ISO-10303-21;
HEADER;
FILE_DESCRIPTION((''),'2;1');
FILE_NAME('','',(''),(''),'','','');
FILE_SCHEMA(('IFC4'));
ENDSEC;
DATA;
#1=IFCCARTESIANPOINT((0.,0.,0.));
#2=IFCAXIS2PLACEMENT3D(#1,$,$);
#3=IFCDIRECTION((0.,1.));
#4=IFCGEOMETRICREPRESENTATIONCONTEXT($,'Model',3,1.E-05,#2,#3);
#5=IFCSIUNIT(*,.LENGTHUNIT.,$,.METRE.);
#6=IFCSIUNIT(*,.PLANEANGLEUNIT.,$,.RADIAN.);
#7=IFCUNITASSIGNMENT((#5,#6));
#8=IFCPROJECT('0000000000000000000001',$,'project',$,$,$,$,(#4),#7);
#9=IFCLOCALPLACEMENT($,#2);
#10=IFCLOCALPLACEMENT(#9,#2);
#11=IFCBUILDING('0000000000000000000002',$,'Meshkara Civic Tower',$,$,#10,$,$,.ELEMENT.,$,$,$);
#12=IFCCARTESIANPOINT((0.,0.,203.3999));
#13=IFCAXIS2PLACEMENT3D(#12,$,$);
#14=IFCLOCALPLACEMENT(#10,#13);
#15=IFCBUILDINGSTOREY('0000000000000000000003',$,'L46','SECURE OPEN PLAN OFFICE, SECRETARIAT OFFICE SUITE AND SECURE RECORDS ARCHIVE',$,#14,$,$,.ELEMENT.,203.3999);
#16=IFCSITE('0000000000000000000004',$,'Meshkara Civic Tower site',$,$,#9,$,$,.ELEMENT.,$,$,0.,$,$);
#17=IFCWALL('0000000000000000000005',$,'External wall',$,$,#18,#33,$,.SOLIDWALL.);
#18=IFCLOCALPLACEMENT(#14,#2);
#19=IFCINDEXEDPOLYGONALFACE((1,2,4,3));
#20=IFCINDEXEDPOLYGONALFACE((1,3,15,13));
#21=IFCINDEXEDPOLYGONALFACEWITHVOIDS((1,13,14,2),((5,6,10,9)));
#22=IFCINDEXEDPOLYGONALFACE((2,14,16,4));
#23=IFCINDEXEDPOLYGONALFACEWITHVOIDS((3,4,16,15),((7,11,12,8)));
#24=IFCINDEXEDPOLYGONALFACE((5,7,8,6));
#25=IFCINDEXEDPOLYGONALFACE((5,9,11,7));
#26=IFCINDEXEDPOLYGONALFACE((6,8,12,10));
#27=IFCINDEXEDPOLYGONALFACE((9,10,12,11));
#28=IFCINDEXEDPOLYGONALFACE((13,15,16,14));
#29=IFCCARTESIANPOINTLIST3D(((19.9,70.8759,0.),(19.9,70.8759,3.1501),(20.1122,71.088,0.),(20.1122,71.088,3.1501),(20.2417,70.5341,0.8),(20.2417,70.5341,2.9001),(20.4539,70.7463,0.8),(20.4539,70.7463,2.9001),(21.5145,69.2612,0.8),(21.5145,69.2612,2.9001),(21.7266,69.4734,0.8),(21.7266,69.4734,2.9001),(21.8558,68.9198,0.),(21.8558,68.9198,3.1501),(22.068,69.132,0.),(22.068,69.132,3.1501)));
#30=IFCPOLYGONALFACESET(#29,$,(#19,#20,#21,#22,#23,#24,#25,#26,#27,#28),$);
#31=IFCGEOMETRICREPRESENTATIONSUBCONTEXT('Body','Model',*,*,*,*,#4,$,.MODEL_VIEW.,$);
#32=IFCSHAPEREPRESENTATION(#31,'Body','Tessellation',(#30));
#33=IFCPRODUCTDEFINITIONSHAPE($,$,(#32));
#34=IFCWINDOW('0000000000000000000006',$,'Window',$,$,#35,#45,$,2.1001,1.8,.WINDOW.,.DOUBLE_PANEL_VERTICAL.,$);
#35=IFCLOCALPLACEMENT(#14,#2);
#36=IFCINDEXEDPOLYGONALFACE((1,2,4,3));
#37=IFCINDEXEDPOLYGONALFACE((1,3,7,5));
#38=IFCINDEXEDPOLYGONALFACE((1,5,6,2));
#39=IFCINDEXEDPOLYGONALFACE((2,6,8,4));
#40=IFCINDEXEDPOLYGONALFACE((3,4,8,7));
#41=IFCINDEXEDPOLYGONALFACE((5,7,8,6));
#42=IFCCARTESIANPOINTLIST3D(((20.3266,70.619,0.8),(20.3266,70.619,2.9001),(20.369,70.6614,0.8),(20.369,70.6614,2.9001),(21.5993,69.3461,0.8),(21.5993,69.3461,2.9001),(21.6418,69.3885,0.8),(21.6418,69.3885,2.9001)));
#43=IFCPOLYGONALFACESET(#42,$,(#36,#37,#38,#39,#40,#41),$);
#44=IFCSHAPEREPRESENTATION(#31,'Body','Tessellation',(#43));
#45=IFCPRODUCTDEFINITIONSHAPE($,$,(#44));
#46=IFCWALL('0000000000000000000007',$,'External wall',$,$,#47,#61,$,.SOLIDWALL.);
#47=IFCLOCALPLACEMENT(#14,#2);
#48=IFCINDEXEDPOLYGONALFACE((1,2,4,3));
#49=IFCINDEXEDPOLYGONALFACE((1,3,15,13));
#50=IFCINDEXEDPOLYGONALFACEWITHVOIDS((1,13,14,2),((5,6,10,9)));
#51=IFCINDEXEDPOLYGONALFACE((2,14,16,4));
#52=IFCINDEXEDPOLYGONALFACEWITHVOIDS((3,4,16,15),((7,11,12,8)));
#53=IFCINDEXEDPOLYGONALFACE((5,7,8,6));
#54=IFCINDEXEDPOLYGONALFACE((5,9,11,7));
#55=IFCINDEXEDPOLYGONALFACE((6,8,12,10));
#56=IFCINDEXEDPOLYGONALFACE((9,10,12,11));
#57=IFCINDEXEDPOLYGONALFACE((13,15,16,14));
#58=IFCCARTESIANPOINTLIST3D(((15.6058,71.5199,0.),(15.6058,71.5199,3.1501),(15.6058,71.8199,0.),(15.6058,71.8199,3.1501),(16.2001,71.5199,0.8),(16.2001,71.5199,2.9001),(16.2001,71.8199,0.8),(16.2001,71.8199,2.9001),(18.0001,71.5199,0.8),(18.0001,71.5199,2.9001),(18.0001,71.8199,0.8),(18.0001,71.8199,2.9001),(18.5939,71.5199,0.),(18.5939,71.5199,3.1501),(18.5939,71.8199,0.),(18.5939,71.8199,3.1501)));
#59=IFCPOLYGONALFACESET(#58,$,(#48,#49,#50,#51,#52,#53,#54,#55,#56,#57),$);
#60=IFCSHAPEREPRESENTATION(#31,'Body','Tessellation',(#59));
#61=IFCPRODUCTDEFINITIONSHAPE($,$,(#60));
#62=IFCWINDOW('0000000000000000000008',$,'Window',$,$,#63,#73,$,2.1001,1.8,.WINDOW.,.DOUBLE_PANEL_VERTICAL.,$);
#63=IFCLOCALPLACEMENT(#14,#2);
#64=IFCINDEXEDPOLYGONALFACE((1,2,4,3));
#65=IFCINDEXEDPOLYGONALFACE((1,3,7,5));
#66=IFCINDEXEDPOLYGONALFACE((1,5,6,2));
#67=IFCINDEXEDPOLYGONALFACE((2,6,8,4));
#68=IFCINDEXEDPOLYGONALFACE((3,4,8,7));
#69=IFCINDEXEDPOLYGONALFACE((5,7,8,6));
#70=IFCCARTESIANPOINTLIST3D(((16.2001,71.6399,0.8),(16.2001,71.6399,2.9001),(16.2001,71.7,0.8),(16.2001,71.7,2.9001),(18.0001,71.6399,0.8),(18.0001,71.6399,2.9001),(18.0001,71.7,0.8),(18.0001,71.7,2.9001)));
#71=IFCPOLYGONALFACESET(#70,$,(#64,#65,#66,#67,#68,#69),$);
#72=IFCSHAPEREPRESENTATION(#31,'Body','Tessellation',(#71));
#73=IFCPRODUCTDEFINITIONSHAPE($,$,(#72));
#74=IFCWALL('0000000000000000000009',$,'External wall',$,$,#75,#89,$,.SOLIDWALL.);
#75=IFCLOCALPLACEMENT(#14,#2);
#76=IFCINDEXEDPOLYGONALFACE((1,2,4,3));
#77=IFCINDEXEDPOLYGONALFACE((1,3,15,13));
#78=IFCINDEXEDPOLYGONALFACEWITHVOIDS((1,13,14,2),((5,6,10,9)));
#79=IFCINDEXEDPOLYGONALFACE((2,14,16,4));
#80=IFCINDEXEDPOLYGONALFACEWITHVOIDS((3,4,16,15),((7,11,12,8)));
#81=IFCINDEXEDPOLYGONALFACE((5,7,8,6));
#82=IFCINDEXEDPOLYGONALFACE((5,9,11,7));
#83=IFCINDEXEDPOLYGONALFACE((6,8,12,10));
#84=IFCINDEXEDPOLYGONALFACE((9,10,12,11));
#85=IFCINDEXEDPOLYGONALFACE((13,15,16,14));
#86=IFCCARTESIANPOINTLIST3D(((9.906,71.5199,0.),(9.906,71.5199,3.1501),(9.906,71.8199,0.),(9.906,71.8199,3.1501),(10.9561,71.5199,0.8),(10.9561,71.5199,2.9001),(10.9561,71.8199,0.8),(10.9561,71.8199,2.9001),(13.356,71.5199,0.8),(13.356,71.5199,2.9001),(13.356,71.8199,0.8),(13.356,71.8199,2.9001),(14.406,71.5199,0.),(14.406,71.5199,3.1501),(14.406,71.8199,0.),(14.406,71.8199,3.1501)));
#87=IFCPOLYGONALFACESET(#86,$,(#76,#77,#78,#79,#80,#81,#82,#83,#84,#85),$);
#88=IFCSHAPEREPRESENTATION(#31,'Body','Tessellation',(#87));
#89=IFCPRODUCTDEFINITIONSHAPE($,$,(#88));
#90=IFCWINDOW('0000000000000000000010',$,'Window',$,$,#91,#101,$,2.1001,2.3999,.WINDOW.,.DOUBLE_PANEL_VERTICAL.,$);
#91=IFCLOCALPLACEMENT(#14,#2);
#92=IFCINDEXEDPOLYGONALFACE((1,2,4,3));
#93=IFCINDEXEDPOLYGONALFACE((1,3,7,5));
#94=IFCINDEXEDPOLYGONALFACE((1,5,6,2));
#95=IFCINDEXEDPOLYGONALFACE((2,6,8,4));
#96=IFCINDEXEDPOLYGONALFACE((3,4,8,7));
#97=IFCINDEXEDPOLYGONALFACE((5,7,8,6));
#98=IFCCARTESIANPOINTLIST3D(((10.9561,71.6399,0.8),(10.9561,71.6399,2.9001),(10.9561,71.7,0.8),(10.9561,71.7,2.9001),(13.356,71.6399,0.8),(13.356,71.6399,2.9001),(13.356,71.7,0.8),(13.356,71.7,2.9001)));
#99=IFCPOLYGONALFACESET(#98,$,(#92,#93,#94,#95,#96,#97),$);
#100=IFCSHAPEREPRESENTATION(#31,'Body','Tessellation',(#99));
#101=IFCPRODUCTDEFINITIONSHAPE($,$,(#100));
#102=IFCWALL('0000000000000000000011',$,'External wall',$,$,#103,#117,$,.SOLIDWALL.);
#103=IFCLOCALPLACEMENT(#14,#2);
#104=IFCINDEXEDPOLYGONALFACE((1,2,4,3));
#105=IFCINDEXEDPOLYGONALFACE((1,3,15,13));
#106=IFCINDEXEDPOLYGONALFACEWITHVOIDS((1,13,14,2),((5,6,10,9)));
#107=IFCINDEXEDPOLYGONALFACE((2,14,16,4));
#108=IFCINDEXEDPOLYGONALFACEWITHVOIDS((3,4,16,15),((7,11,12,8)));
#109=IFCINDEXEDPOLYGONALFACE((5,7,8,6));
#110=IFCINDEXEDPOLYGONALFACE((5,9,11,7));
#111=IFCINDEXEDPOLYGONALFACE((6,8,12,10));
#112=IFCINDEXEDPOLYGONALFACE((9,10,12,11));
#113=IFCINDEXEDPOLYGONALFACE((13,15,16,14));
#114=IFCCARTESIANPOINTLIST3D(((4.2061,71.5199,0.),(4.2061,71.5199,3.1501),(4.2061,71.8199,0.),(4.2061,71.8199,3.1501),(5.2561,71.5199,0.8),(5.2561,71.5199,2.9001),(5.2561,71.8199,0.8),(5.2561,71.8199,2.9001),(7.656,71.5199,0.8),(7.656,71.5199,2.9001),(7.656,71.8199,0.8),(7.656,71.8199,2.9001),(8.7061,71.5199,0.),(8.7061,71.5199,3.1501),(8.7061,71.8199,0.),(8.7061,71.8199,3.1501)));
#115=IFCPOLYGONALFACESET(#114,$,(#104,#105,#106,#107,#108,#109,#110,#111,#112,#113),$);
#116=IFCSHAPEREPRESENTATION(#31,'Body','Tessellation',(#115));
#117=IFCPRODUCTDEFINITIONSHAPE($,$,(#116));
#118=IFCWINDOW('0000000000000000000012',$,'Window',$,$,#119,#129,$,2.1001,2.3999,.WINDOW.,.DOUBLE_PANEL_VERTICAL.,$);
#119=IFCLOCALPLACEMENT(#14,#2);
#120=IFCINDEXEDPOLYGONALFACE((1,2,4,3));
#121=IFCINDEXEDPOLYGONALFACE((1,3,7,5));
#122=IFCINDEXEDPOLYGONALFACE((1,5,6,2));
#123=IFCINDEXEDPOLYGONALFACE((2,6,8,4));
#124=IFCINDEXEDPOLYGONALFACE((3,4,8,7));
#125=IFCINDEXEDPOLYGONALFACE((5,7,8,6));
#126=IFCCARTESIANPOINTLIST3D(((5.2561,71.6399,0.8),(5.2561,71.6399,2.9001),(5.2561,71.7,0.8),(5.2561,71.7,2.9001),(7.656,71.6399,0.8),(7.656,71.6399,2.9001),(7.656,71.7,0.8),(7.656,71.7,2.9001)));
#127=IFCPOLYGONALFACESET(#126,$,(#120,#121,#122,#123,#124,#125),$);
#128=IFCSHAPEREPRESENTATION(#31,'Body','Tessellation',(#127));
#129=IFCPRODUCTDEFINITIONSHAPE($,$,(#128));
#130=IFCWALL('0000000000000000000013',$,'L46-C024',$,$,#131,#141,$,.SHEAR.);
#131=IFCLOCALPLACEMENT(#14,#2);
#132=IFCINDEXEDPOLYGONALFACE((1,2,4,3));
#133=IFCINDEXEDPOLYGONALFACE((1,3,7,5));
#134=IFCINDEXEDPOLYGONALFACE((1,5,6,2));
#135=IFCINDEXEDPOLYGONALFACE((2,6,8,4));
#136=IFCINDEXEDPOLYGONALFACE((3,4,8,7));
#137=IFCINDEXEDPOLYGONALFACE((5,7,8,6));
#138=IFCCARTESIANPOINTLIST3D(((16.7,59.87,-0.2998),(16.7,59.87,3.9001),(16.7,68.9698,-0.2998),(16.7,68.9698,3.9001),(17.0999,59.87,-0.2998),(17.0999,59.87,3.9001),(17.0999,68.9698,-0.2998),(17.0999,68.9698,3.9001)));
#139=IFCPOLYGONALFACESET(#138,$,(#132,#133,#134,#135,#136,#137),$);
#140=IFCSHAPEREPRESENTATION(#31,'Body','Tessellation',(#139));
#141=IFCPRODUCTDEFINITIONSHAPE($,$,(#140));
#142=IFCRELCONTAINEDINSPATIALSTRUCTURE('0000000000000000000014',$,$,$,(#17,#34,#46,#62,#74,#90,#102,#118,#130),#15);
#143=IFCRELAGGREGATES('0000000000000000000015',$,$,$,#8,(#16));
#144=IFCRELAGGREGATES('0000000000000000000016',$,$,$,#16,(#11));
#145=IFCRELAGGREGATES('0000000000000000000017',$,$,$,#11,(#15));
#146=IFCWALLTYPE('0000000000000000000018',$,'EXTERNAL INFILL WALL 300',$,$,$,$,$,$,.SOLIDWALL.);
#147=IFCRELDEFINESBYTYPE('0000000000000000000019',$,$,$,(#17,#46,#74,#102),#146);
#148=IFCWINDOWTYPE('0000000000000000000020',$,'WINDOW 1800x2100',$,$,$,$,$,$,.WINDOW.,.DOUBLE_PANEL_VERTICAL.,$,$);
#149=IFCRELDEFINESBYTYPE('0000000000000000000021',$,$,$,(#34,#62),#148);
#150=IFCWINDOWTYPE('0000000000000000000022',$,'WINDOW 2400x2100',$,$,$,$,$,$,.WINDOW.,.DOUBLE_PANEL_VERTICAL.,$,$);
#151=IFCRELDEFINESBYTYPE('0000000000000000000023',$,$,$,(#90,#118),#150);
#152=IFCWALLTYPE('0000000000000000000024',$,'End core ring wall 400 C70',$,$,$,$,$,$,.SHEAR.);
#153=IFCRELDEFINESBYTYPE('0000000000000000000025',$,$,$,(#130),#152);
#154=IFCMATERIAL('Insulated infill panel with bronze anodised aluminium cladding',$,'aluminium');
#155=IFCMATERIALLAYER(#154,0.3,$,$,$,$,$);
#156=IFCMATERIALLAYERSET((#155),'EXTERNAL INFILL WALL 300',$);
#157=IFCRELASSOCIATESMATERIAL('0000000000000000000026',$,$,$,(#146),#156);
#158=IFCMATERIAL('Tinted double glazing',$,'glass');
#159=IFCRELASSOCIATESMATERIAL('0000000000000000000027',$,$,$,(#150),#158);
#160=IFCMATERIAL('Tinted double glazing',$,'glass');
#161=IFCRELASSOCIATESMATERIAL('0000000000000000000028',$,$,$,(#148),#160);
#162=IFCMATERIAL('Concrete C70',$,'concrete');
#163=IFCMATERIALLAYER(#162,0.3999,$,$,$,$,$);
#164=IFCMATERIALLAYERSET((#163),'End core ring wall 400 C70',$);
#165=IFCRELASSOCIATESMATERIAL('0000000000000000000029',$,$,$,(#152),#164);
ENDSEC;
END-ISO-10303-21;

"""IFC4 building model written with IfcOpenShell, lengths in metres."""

from ifc_helpers import new_model, si_unit, direction, frame, frame_2d, origin, place, context, subcontext, project, spatial, rectangle, extrude, material, layer, layer_set, type_object, element, fill, save


model = new_model("IFC4")

# Units and contexts
model_context = context("Model", 3, precision=1e-05, world=origin(), true_north=direction((0.0, 1.0)))
body_context = subcontext(model_context, "Body", "Model", "MODEL_VIEW")
ifc_project = project(units=[si_unit("LENGTHUNIT", "METRE"), si_unit("PLANEANGLEUNIT", "RADIAN")], contexts=[model_context])

# Site, building, storey
site_placement = place(None, origin())
site = spatial("IfcSite", under=ifc_project, at=site_placement, Name="Meshkara Civic Tower site", CompositionType="ELEMENT", RefElevation=0.0)
building_placement = place(site_placement, origin())
building = spatial("IfcBuilding", under=site, at=building_placement, Name="Meshkara Civic Tower", CompositionType="ELEMENT")
storey_placement = place(building_placement, frame((0.0, 0.0, 203.3999)))
storey = spatial("IfcBuildingStorey", under=building, at=storey_placement, Name="L46", Description="SECURE OPEN PLAN OFFICE, SECRETARIAT OFFICE SUITE AND SECURE RECORDS ARCHIVE", CompositionType="ELEMENT", Elevation=203.3999)

# Walls, openings, windows
ifc_material_1 = material(Name="Insulated infill panel with bronze anodised aluminium cladding", Category="aluminium")
ifc_layer_1 = layer(ifc_material_1, 0.3)
ifc_layer_set_1 = layer_set([ifc_layer_1], Name="EXTERNAL INFILL WALL 300")
wall_type_1 = type_object("IfcWallType", Name="EXTERNAL INFILL WALL 300", PredefinedType="SOLIDWALL", material=ifc_layer_set_1)
ifc_material_2 = material(Name="Tinted double glazing", Category="glass")
window_type_1 = type_object("IfcWindowType", Name="WINDOW 2400x2100", PartitioningType="DOUBLE_PANEL_VERTICAL", PredefinedType="WINDOW", material=ifc_material_2)
wall_1_placement = place(storey_placement, frame((21.9619, 69.0259, 0.0), z_axis=(0.0, 0.0, 1.0), x_axis=(-0.707063, 0.707151, 0.0)))
wall_1 = element("IfcWall", 1, at=wall_1_placement, inside=storey, type_object=wall_type_1, Name="External wall", PredefinedType="SOLIDWALL", context=body_context, shape_type="SweptSolid", body=[
    extrude(rectangle(XDim=2.7661, YDim=0.3, at=frame_2d((1.3831, 0.0))), origin(), (0.0, 0.0, 1.0), 3.1501),
])
opening_1_placement = place(wall_1_placement, frame((0.4829, 0.0, 0.8)))
opening_1 = element("IfcOpeningElement", 2, at=opening_1_placement, cuts=wall_1, PredefinedType="OPENING", context=body_context, shape_type="SweptSolid", body=[
    extrude(rectangle(XDim=1.8, YDim=2.1001, at=frame_2d((0.8999, 1.05))), frame((0.0, 0.1599, 0.0), z_axis=(0.0, -1.0, 0.0), x_axis=(1.0, 0.0, 0.0)), (0.0, 0.0, 1.0), 0.3201),
])
ifc_material_3 = material(Name="Tinted double glazing", Category="glass")
window_type_2 = type_object("IfcWindowType", Name="WINDOW 1800x2100", PartitioningType="DOUBLE_PANEL_VERTICAL", PredefinedType="WINDOW", material=ifc_material_3)
window_1_placement = place(opening_1_placement, origin())
window_1 = element("IfcWindow", 3, at=window_1_placement, inside=storey, type_object=window_type_2, Name="Window", OverallHeight=2.1001, OverallWidth=1.8, PartitioningType="DOUBLE_PANEL_VERTICAL", PredefinedType="WINDOW", context=body_context, shape_type="SweptSolid", body=[
    extrude(rectangle(XDim=1.8, YDim=2.1001, at=frame_2d((0.8999, 1.05))), frame((0.0, 0.03, 0.0), z_axis=(0.0, -1.0, 0.0), x_axis=(1.0, 0.0, 0.0)), (0.0, 0.0, 1.0), 0.0601),
])
fill(opening_1, window_1)
wall_2_placement = place(storey_placement, frame((18.594, 71.6699, 0.0), z_axis=(0.0, 0.0, 1.0), x_axis=(-1.0, 0.0, 0.0)))
wall_2 = element("IfcWall", 4, at=wall_2_placement, inside=storey, type_object=wall_type_1, Name="External wall", PredefinedType="SOLIDWALL", context=body_context, shape_type="SweptSolid", body=[
    extrude(rectangle(XDim=2.988, YDim=0.3, at=frame_2d((1.4941, 0.0))), origin(), (0.0, 0.0, 1.0), 3.1501),
])
opening_2_placement = place(wall_2_placement, frame((0.594, 0.0, 0.8)))
opening_2 = element("IfcOpeningElement", 5, at=opening_2_placement, cuts=wall_2, PredefinedType="OPENING", context=body_context, shape_type="SweptSolid", body=[
    extrude(rectangle(XDim=1.8, YDim=2.1001, at=frame_2d((0.8999, 1.05))), frame((0.0, 0.1599, 0.0), z_axis=(0.0, -1.0, 0.0), x_axis=(1.0, 0.0, 0.0)), (0.0, 0.0, 1.0), 0.3201),
])
window_2_placement = place(opening_2_placement, origin())
window_2 = element("IfcWindow", 6, at=window_2_placement, inside=storey, type_object=window_type_2, Name="Window", OverallHeight=2.1001, OverallWidth=1.8, PartitioningType="DOUBLE_PANEL_VERTICAL", PredefinedType="WINDOW", context=body_context, shape_type="SweptSolid", body=[
    extrude(rectangle(XDim=1.8, YDim=2.1001, at=frame_2d((0.8999, 1.05))), frame((0.0, 0.03, 0.0), z_axis=(0.0, -1.0, 0.0), x_axis=(1.0, 0.0, 0.0)), (0.0, 0.0, 1.0), 0.0601),
])
fill(opening_2, window_2)
wall_3_placement = place(storey_placement, frame((14.406, 71.6699, 0.0), z_axis=(0.0, 0.0, 1.0), x_axis=(-1.0, 0.0, 0.0)))
wall_3 = element("IfcWall", 7, at=wall_3_placement, inside=storey, type_object=wall_type_1, Name="External wall", PredefinedType="SOLIDWALL", context=body_context, shape_type="SweptSolid", body=[
    extrude(rectangle(XDim=4.5, YDim=0.3, at=frame_2d((2.25, 0.0))), origin(), (0.0, 0.0, 1.0), 3.1501),
])
opening_3_placement = place(wall_3_placement, frame((1.05, 0.0, 0.8)))
opening_3 = element("IfcOpeningElement", 8, at=opening_3_placement, cuts=wall_3, PredefinedType="OPENING", context=body_context, shape_type="SweptSolid", body=[
    extrude(rectangle(XDim=2.3999, YDim=2.1001, at=frame_2d((1.2, 1.05))), frame((0.0, 0.1599, 0.0), z_axis=(0.0, -1.0, 0.0), x_axis=(1.0, 0.0, 0.0)), (0.0, 0.0, 1.0), 0.3201),
])
window_3_placement = place(opening_3_placement, origin())
window_3 = element("IfcWindow", 9, at=window_3_placement, inside=storey, type_object=window_type_1, Name="Window", OverallHeight=2.1001, OverallWidth=2.3999, PartitioningType="DOUBLE_PANEL_VERTICAL", PredefinedType="WINDOW", context=body_context, shape_type="SweptSolid", body=[
    extrude(rectangle(XDim=2.3999, YDim=2.1001, at=frame_2d((1.2, 1.05))), frame((0.0, 0.03, 0.0), z_axis=(0.0, -1.0, 0.0), x_axis=(1.0, 0.0, 0.0)), (0.0, 0.0, 1.0), 0.0601),
])
fill(opening_3, window_3)
wall_4_placement = place(storey_placement, frame((8.7061, 71.6699, 0.0), z_axis=(0.0, 0.0, 1.0), x_axis=(-1.0, 0.0, 0.0)))
wall_4 = element("IfcWall", 10, at=wall_4_placement, inside=storey, type_object=wall_type_1, Name="External wall", PredefinedType="SOLIDWALL", context=body_context, shape_type="SweptSolid", body=[
    extrude(rectangle(XDim=4.5, YDim=0.3, at=frame_2d((2.25, 0.0))), origin(), (0.0, 0.0, 1.0), 3.1501),
])
opening_4_placement = place(wall_4_placement, frame((1.05, 0.0, 0.8)))
opening_4 = element("IfcOpeningElement", 11, at=opening_4_placement, cuts=wall_4, PredefinedType="OPENING", context=body_context, shape_type="SweptSolid", body=[
    extrude(rectangle(XDim=2.3999, YDim=2.1001, at=frame_2d((1.2, 1.05))), frame((0.0, 0.1599, 0.0), z_axis=(0.0, -1.0, 0.0), x_axis=(1.0, 0.0, 0.0)), (0.0, 0.0, 1.0), 0.3201),
])
window_4_placement = place(opening_4_placement, origin())
window_4 = element("IfcWindow", 12, at=window_4_placement, inside=storey, type_object=window_type_1, Name="Window", OverallHeight=2.1001, OverallWidth=2.3999, PartitioningType="DOUBLE_PANEL_VERTICAL", PredefinedType="WINDOW", context=body_context, shape_type="SweptSolid", body=[
    extrude(rectangle(XDim=2.3999, YDim=2.1001, at=frame_2d((1.2, 1.05))), frame((0.0, 0.03, 0.0), z_axis=(0.0, -1.0, 0.0), x_axis=(1.0, 0.0, 0.0)), (0.0, 0.0, 1.0), 0.0601),
])
fill(opening_4, window_4)

# Wall
ifc_material_4 = material(Name="Concrete C70", Category="concrete")
ifc_layer_2 = layer(ifc_material_4, 0.3999)
ifc_layer_set_2 = layer_set([ifc_layer_2], Name="End core ring wall 400 C70")
wall_type_2 = type_object("IfcWallType", Name="End core ring wall 400 C70", PredefinedType="SHEAR", material=ifc_layer_set_2)
wall_5_placement = place(storey_placement, frame((16.8999, 59.8701, -0.2998), z_axis=(0.0, 0.0, 1.0), x_axis=(0.0, 1.0, 0.0)))
element("IfcWall", 13, at=wall_5_placement, inside=storey, type_object=wall_type_2, Name="L46-C024", PredefinedType="SHEAR", context=body_context, shape_type="SweptSolid", body=[
    extrude(rectangle(XDim=9.0999, YDim=0.3999, at=frame_2d((4.5498, 0.0))), origin(), (0.0, 0.0, 1.0), 4.2),
])

save(model, "model.ifc")
